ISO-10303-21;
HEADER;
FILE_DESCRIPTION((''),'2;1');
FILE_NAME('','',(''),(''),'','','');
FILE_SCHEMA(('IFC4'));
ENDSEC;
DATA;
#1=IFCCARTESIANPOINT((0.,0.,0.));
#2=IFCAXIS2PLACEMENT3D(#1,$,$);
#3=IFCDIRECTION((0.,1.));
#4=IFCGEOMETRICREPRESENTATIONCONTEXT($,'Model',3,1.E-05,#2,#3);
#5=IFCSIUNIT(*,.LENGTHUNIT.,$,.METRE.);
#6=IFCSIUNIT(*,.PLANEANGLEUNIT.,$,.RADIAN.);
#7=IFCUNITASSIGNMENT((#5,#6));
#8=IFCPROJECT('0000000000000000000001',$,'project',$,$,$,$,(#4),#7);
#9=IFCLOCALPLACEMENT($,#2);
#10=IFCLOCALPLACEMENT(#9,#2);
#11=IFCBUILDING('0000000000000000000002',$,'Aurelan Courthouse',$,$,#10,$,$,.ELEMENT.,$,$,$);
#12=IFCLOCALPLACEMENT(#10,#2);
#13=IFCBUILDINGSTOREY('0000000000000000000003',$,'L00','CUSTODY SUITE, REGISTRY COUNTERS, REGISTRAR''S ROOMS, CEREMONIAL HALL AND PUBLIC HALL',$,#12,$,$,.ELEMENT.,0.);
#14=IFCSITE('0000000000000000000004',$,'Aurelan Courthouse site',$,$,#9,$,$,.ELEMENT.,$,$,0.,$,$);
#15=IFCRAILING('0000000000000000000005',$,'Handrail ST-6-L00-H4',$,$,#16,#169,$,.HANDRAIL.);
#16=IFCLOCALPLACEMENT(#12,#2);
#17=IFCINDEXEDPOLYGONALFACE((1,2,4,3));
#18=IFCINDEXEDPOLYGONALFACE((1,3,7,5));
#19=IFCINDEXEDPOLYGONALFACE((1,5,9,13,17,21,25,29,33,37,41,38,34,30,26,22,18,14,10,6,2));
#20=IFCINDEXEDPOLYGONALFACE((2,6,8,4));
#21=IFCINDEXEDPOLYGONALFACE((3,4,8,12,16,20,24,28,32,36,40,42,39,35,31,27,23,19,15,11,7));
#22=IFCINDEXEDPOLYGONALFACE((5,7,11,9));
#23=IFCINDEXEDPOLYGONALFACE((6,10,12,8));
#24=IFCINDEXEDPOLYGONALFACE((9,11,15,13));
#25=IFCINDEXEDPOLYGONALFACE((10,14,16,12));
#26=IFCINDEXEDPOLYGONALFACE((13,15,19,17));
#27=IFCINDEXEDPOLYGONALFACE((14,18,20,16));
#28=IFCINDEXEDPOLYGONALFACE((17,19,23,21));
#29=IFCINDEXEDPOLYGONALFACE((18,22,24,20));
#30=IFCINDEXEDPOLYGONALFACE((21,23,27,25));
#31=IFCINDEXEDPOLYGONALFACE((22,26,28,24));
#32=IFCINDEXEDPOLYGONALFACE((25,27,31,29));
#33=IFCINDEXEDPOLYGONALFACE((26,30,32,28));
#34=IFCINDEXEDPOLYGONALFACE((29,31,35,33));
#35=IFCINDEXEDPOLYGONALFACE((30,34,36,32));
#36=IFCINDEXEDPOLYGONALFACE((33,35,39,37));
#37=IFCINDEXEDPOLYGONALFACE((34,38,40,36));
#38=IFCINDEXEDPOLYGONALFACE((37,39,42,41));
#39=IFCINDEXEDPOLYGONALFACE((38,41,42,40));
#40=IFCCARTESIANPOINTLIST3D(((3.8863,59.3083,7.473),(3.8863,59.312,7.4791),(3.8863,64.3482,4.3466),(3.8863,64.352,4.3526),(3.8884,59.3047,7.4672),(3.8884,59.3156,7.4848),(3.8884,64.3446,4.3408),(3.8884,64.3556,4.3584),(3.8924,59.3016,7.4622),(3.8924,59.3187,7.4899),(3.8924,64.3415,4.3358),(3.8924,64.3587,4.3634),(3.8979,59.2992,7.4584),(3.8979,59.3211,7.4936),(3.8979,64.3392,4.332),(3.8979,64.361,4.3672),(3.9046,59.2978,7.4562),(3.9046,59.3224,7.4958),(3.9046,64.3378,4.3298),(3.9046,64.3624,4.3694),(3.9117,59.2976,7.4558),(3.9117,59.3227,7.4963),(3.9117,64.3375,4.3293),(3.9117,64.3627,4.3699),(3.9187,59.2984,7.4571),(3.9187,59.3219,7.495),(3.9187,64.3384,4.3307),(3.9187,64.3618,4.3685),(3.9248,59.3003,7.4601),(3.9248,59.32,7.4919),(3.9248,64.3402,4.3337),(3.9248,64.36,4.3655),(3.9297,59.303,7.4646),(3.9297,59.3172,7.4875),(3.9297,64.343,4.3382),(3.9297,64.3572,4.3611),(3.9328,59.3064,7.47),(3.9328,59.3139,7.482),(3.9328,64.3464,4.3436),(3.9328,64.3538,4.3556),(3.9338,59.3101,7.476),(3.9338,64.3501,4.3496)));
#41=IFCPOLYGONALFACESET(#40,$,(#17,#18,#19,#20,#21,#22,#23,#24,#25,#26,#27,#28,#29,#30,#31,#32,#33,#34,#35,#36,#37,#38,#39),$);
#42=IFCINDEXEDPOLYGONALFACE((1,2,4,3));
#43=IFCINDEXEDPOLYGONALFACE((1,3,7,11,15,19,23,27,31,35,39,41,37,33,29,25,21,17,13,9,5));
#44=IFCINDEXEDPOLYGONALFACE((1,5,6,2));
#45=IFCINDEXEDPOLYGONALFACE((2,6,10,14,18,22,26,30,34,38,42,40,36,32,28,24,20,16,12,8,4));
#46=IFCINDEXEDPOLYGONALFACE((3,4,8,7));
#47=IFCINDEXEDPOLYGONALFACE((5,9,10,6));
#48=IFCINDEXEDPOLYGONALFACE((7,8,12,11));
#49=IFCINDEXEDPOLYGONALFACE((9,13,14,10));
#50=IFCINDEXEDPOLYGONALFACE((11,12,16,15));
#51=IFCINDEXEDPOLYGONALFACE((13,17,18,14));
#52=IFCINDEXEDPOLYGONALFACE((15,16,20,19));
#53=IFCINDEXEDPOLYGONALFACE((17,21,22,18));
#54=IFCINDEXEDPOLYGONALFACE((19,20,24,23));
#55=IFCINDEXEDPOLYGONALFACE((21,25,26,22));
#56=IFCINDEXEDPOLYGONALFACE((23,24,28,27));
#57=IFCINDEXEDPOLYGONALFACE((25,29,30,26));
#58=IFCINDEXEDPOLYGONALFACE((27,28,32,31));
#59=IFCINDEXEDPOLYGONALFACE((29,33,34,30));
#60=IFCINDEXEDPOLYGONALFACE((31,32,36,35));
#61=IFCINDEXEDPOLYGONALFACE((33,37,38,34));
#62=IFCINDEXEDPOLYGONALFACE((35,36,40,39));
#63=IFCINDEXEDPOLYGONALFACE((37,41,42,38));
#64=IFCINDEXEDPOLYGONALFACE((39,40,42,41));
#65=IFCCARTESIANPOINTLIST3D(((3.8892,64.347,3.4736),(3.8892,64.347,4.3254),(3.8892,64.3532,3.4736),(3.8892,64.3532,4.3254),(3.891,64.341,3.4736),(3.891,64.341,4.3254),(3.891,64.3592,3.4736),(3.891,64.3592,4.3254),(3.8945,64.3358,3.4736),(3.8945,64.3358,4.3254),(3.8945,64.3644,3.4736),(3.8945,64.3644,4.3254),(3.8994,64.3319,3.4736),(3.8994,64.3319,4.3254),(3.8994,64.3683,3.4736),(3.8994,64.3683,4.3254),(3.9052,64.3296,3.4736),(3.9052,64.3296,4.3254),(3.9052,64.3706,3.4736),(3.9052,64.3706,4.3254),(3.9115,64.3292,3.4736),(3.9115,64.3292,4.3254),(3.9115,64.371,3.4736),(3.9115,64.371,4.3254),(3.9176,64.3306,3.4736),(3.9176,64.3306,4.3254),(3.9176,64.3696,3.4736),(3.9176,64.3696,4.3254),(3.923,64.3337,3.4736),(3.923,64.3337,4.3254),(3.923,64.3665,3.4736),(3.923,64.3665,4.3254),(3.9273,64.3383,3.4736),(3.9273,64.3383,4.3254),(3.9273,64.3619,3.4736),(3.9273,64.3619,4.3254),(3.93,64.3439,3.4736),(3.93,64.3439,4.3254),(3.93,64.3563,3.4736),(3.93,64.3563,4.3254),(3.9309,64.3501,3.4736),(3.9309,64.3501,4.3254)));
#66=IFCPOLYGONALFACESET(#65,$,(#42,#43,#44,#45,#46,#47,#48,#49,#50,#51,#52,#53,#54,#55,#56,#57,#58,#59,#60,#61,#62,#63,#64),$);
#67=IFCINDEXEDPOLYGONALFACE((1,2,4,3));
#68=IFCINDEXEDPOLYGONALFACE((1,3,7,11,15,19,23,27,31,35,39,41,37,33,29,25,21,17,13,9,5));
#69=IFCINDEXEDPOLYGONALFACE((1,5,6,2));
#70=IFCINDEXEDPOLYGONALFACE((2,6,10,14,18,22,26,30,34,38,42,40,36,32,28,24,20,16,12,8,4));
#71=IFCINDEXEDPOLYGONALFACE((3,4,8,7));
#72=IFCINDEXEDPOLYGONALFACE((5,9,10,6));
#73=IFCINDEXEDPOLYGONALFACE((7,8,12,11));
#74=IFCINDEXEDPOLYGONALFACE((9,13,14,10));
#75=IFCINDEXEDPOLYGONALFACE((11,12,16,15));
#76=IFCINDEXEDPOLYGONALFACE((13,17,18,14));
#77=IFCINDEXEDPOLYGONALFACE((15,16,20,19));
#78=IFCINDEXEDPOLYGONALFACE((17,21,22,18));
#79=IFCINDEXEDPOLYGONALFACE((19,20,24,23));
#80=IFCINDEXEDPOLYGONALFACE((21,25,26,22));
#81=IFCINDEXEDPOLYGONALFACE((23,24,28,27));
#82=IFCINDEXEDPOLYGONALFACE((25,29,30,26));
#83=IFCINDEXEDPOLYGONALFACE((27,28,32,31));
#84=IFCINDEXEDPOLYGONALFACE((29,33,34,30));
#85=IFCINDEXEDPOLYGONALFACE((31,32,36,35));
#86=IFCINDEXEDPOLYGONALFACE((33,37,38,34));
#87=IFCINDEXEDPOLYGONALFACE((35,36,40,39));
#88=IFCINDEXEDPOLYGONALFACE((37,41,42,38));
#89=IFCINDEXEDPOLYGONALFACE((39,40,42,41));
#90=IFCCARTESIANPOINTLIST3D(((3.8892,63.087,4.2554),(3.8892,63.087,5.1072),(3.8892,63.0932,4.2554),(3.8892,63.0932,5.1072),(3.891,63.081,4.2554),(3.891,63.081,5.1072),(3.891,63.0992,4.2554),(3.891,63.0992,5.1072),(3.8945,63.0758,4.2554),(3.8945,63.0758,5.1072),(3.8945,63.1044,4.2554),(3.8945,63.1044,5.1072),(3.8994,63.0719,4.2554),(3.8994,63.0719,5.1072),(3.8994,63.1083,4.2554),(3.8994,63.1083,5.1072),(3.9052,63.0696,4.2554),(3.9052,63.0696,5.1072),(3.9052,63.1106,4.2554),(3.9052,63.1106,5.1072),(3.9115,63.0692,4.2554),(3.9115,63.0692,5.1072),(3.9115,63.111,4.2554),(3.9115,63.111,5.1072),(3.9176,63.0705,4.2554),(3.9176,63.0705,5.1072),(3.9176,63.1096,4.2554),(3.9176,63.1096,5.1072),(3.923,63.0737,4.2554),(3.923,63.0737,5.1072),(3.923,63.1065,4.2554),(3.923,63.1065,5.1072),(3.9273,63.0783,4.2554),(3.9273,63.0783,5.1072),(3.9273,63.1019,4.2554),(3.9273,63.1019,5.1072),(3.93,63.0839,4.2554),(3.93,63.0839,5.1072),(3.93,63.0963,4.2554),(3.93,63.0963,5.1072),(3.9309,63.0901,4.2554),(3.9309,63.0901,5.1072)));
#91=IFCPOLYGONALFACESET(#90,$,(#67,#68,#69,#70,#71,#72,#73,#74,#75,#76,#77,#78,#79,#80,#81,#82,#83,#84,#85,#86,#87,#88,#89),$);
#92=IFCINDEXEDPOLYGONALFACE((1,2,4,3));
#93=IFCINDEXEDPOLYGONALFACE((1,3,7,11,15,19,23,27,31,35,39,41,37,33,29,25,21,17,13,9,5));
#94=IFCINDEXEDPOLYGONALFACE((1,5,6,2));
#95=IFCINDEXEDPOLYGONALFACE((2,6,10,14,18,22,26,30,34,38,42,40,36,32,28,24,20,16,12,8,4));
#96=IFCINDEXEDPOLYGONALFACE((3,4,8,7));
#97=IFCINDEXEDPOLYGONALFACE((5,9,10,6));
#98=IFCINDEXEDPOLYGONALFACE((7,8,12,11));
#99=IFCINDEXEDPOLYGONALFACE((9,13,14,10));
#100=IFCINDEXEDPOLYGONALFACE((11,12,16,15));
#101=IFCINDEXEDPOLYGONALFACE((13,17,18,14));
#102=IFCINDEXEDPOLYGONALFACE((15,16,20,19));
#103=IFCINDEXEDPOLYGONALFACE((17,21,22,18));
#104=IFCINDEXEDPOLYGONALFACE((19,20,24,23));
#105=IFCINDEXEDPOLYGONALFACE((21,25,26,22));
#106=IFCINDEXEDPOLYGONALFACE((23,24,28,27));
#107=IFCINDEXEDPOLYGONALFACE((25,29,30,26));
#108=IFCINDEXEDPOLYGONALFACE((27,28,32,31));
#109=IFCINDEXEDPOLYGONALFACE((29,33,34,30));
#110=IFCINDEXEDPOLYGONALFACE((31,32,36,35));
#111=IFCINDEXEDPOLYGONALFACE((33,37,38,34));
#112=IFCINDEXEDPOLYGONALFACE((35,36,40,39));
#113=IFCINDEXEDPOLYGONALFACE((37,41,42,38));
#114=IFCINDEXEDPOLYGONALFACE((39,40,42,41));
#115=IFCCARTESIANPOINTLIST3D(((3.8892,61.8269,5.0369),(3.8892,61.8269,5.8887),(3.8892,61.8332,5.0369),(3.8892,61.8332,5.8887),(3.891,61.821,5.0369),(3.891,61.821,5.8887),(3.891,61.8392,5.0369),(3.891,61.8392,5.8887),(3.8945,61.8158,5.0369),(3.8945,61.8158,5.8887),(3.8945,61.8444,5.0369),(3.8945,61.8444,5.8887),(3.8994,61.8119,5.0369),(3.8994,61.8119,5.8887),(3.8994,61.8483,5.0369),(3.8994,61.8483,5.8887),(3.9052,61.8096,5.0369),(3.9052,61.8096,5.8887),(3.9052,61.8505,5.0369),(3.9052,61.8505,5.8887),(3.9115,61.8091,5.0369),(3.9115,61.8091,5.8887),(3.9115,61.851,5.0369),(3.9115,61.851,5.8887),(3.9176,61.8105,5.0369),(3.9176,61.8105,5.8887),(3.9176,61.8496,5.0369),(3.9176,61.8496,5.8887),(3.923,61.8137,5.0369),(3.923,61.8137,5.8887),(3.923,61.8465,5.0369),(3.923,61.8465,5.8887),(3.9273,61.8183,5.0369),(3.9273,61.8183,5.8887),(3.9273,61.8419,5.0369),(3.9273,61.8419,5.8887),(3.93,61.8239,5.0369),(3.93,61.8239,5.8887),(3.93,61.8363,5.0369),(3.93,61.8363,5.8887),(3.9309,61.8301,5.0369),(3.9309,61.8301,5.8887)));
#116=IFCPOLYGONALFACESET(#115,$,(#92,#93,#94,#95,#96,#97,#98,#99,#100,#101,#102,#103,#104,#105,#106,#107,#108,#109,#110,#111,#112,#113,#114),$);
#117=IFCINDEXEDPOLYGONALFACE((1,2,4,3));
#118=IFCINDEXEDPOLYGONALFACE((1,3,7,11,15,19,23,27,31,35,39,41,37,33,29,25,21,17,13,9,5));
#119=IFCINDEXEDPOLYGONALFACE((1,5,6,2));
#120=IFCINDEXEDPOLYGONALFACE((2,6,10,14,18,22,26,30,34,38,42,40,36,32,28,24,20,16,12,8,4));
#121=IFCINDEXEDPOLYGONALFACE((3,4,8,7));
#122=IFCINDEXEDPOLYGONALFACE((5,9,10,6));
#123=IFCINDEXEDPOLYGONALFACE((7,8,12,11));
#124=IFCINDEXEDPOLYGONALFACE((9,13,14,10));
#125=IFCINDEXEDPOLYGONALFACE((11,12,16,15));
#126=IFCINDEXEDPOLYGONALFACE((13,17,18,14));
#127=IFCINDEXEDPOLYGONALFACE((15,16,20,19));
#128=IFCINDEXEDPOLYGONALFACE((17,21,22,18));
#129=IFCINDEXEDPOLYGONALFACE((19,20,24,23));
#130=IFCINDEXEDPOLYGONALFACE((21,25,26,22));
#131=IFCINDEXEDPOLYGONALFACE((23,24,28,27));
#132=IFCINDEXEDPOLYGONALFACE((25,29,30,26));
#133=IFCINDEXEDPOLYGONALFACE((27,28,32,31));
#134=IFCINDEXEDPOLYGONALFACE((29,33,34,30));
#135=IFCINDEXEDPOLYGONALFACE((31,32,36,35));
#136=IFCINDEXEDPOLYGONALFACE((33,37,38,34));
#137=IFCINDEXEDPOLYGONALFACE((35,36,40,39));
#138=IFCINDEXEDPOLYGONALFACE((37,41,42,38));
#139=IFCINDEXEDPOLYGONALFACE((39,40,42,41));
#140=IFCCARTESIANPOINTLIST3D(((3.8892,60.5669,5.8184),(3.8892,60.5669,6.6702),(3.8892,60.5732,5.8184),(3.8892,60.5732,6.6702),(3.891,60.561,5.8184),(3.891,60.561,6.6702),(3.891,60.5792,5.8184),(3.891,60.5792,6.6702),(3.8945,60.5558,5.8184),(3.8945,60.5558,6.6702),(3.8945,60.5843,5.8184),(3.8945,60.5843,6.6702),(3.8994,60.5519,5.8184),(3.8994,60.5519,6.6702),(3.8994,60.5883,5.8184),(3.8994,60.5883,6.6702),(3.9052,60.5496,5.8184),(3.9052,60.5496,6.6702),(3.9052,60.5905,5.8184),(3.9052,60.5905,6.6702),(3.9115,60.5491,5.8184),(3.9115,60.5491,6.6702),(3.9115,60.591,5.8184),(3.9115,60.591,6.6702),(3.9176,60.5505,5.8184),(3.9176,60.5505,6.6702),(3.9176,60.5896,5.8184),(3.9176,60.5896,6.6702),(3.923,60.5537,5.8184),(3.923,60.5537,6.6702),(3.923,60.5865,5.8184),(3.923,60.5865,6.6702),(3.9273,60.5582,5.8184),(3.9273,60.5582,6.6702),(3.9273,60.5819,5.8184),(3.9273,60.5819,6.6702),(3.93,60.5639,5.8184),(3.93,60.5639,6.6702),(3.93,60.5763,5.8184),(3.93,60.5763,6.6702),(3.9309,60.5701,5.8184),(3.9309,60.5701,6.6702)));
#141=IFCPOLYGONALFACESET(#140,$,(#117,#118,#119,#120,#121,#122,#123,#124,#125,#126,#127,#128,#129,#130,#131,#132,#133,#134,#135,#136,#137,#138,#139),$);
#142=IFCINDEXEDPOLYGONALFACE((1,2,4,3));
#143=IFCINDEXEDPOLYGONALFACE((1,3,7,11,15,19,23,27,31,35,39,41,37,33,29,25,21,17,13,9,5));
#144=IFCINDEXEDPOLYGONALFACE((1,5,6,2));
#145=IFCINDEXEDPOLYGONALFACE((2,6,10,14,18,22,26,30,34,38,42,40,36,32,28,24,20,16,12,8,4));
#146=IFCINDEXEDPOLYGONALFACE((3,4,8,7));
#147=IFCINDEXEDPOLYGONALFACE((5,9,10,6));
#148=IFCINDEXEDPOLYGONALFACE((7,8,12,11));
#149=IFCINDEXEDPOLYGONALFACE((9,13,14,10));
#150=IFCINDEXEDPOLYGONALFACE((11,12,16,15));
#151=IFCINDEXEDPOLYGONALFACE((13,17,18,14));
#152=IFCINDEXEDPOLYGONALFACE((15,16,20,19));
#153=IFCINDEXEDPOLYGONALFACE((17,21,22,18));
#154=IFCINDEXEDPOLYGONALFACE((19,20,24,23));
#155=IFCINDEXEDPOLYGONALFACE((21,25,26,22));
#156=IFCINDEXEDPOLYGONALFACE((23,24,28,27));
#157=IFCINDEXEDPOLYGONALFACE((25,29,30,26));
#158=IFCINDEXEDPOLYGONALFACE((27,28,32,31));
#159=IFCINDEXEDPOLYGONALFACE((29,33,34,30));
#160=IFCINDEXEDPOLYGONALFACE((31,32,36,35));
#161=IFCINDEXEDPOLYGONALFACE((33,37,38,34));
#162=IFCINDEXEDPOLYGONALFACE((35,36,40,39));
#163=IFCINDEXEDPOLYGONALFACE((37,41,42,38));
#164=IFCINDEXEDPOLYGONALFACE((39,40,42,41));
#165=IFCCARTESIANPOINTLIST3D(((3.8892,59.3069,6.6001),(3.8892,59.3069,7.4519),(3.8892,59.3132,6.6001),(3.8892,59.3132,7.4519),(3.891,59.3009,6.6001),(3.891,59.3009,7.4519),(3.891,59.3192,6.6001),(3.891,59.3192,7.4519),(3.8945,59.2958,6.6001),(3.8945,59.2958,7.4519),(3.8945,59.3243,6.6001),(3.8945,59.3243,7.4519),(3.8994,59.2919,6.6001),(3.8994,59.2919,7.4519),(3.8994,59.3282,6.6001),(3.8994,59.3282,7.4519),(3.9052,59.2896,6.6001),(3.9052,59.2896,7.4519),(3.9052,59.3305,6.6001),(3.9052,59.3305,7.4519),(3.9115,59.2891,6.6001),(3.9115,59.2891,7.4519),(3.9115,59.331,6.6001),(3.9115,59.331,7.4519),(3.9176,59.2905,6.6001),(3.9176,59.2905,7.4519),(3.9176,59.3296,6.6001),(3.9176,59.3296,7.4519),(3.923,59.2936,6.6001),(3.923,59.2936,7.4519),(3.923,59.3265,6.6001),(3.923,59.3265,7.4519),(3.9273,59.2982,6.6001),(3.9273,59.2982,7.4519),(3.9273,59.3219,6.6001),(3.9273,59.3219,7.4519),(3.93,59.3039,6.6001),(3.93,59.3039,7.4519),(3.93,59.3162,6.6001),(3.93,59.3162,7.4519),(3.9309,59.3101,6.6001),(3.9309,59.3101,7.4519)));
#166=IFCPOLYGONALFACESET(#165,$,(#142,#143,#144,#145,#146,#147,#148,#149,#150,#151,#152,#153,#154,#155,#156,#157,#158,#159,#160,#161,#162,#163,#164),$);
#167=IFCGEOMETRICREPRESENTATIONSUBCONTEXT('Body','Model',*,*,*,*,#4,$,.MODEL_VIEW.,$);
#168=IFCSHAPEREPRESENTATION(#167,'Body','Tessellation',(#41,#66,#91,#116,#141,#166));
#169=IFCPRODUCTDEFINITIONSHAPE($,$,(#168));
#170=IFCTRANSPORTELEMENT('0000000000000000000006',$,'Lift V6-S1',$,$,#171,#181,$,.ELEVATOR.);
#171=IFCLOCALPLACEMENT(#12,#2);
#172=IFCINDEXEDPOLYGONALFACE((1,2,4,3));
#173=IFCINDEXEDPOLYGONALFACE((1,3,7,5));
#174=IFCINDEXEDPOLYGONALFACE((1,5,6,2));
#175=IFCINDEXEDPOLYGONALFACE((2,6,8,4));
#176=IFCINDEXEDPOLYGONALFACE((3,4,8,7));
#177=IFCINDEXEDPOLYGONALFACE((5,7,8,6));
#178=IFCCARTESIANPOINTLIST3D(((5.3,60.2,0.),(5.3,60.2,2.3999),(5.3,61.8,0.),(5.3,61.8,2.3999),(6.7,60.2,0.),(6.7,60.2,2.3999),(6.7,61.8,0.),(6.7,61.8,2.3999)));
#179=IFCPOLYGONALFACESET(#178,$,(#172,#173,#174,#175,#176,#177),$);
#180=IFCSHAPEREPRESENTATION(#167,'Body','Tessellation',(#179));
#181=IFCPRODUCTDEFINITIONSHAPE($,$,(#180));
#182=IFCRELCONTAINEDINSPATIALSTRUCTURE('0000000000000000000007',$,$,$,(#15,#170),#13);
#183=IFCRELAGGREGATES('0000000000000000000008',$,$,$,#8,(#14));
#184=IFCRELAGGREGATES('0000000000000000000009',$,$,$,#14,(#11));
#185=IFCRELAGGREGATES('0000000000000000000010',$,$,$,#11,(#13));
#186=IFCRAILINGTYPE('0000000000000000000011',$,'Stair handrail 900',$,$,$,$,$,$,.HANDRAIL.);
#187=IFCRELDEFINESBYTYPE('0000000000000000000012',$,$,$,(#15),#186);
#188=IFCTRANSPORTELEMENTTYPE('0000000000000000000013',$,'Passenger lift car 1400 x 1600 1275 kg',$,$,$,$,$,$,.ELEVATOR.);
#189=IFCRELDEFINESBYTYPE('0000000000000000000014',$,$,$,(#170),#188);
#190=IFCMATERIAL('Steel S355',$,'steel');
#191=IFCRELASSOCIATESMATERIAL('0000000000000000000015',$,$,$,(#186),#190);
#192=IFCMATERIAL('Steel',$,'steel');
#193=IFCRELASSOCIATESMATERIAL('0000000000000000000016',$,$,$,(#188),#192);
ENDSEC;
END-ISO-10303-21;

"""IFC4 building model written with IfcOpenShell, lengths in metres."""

from ifc_helpers import new_model, si_unit, direction, frame, origin, origin_2d, place, context, subcontext, project, spatial, rectangle, circle, extrude, material, type_object, element, save


model = new_model("IFC4")

# Units and contexts
model_context = context("Model", 3, precision=1e-05, world=origin(), true_north=direction((0.0, 1.0)))
body_context = subcontext(model_context, "Body", "Model", "MODEL_VIEW")
ifc_project = project(units=[si_unit("LENGTHUNIT", "METRE"), si_unit("PLANEANGLEUNIT", "RADIAN")], contexts=[model_context])

# Site, building, storey
site_placement = place(None, origin())
site = spatial("IfcSite", under=ifc_project, at=site_placement, Name="Aurelan Courthouse site", CompositionType="ELEMENT", RefElevation=0.0)
building_placement = place(site_placement, origin())
building = spatial("IfcBuilding", under=site, at=building_placement, Name="Aurelan Courthouse", CompositionType="ELEMENT")
storey_placement = place(building_placement, origin())
storey = spatial("IfcBuildingStorey", under=building, at=storey_placement, Name="L00", Description="CUSTODY SUITE, REGISTRY COUNTERS, REGISTRAR'S ROOMS, CEREMONIAL HALL AND PUBLIC HALL", CompositionType="ELEMENT", Elevation=0.0)

# Shared definitions
ifc_material_1 = material(Name="Steel", Category="steel")

# Railing
ifc_material_2 = material(Name="Steel S355", Category="steel")
railing_type = type_object("IfcRailingType", Name="Stair handrail 900", PredefinedType="HANDRAIL", material=ifc_material_2)
railing_placement = place(storey_placement, frame((3.9099, 64.3501, 3.4736)))
element("IfcRailing", 1, at=railing_placement, inside=storey, type_object=railing_type, Name="Handrail ST-6-L00-H4", PredefinedType="HANDRAIL", context=body_context, shape_type="SweptSolid", body=[
    extrude(circle(Radius=0.0239, at=origin_2d()), frame((0.0, 0.0, 0.876), z_axis=(0.0, -0.849779, 0.527139), x_axis=(1.0, 0.0, 0.0)), (0.0, 0.0, 1.0), 5.9309),
    extrude(circle(Radius=0.021, at=origin_2d()), origin(), (0.0, 0.0, 1.0), 0.8518),
    extrude(circle(Radius=0.021, at=origin_2d()), frame((0.0, -1.26, 0.7817)), (0.0, 0.0, 1.0), 0.8518),
    extrude(circle(Radius=0.021, at=origin_2d()), frame((0.0, -2.52, 1.5632)), (0.0, 0.0, 1.0), 0.8518),
    extrude(circle(Radius=0.021, at=origin_2d()), frame((0.0, -3.78, 2.3447)), (0.0, 0.0, 1.0), 0.8518),
    extrude(circle(Radius=0.021, at=origin_2d()), frame((0.0, -5.04, 3.1265)), (0.0, 0.0, 1.0), 0.8518),
])

# Transport element
transport_element_type = type_object("IfcTransportElementType", Name="Passenger lift car 1400 x 1600 1275 kg", PredefinedType="ELEVATOR", material=ifc_material_1)
transport_element_placement = place(storey_placement, frame((6.0, 61.0, 0.0), z_axis=(0.0, 0.0, 1.0), x_axis=(1.0, 0.0, 0.0)))
element("IfcTransportElement", 2, at=transport_element_placement, inside=storey, type_object=transport_element_type, Name="Lift V6-S1", PredefinedType="ELEVATOR", context=body_context, shape_type="SweptSolid", body=[
    extrude(rectangle(XDim=1.3999, YDim=1.6001, at=origin_2d()), origin(), (0.0, 0.0, 1.0), 2.3999),
])

save(model, "model.ifc")
